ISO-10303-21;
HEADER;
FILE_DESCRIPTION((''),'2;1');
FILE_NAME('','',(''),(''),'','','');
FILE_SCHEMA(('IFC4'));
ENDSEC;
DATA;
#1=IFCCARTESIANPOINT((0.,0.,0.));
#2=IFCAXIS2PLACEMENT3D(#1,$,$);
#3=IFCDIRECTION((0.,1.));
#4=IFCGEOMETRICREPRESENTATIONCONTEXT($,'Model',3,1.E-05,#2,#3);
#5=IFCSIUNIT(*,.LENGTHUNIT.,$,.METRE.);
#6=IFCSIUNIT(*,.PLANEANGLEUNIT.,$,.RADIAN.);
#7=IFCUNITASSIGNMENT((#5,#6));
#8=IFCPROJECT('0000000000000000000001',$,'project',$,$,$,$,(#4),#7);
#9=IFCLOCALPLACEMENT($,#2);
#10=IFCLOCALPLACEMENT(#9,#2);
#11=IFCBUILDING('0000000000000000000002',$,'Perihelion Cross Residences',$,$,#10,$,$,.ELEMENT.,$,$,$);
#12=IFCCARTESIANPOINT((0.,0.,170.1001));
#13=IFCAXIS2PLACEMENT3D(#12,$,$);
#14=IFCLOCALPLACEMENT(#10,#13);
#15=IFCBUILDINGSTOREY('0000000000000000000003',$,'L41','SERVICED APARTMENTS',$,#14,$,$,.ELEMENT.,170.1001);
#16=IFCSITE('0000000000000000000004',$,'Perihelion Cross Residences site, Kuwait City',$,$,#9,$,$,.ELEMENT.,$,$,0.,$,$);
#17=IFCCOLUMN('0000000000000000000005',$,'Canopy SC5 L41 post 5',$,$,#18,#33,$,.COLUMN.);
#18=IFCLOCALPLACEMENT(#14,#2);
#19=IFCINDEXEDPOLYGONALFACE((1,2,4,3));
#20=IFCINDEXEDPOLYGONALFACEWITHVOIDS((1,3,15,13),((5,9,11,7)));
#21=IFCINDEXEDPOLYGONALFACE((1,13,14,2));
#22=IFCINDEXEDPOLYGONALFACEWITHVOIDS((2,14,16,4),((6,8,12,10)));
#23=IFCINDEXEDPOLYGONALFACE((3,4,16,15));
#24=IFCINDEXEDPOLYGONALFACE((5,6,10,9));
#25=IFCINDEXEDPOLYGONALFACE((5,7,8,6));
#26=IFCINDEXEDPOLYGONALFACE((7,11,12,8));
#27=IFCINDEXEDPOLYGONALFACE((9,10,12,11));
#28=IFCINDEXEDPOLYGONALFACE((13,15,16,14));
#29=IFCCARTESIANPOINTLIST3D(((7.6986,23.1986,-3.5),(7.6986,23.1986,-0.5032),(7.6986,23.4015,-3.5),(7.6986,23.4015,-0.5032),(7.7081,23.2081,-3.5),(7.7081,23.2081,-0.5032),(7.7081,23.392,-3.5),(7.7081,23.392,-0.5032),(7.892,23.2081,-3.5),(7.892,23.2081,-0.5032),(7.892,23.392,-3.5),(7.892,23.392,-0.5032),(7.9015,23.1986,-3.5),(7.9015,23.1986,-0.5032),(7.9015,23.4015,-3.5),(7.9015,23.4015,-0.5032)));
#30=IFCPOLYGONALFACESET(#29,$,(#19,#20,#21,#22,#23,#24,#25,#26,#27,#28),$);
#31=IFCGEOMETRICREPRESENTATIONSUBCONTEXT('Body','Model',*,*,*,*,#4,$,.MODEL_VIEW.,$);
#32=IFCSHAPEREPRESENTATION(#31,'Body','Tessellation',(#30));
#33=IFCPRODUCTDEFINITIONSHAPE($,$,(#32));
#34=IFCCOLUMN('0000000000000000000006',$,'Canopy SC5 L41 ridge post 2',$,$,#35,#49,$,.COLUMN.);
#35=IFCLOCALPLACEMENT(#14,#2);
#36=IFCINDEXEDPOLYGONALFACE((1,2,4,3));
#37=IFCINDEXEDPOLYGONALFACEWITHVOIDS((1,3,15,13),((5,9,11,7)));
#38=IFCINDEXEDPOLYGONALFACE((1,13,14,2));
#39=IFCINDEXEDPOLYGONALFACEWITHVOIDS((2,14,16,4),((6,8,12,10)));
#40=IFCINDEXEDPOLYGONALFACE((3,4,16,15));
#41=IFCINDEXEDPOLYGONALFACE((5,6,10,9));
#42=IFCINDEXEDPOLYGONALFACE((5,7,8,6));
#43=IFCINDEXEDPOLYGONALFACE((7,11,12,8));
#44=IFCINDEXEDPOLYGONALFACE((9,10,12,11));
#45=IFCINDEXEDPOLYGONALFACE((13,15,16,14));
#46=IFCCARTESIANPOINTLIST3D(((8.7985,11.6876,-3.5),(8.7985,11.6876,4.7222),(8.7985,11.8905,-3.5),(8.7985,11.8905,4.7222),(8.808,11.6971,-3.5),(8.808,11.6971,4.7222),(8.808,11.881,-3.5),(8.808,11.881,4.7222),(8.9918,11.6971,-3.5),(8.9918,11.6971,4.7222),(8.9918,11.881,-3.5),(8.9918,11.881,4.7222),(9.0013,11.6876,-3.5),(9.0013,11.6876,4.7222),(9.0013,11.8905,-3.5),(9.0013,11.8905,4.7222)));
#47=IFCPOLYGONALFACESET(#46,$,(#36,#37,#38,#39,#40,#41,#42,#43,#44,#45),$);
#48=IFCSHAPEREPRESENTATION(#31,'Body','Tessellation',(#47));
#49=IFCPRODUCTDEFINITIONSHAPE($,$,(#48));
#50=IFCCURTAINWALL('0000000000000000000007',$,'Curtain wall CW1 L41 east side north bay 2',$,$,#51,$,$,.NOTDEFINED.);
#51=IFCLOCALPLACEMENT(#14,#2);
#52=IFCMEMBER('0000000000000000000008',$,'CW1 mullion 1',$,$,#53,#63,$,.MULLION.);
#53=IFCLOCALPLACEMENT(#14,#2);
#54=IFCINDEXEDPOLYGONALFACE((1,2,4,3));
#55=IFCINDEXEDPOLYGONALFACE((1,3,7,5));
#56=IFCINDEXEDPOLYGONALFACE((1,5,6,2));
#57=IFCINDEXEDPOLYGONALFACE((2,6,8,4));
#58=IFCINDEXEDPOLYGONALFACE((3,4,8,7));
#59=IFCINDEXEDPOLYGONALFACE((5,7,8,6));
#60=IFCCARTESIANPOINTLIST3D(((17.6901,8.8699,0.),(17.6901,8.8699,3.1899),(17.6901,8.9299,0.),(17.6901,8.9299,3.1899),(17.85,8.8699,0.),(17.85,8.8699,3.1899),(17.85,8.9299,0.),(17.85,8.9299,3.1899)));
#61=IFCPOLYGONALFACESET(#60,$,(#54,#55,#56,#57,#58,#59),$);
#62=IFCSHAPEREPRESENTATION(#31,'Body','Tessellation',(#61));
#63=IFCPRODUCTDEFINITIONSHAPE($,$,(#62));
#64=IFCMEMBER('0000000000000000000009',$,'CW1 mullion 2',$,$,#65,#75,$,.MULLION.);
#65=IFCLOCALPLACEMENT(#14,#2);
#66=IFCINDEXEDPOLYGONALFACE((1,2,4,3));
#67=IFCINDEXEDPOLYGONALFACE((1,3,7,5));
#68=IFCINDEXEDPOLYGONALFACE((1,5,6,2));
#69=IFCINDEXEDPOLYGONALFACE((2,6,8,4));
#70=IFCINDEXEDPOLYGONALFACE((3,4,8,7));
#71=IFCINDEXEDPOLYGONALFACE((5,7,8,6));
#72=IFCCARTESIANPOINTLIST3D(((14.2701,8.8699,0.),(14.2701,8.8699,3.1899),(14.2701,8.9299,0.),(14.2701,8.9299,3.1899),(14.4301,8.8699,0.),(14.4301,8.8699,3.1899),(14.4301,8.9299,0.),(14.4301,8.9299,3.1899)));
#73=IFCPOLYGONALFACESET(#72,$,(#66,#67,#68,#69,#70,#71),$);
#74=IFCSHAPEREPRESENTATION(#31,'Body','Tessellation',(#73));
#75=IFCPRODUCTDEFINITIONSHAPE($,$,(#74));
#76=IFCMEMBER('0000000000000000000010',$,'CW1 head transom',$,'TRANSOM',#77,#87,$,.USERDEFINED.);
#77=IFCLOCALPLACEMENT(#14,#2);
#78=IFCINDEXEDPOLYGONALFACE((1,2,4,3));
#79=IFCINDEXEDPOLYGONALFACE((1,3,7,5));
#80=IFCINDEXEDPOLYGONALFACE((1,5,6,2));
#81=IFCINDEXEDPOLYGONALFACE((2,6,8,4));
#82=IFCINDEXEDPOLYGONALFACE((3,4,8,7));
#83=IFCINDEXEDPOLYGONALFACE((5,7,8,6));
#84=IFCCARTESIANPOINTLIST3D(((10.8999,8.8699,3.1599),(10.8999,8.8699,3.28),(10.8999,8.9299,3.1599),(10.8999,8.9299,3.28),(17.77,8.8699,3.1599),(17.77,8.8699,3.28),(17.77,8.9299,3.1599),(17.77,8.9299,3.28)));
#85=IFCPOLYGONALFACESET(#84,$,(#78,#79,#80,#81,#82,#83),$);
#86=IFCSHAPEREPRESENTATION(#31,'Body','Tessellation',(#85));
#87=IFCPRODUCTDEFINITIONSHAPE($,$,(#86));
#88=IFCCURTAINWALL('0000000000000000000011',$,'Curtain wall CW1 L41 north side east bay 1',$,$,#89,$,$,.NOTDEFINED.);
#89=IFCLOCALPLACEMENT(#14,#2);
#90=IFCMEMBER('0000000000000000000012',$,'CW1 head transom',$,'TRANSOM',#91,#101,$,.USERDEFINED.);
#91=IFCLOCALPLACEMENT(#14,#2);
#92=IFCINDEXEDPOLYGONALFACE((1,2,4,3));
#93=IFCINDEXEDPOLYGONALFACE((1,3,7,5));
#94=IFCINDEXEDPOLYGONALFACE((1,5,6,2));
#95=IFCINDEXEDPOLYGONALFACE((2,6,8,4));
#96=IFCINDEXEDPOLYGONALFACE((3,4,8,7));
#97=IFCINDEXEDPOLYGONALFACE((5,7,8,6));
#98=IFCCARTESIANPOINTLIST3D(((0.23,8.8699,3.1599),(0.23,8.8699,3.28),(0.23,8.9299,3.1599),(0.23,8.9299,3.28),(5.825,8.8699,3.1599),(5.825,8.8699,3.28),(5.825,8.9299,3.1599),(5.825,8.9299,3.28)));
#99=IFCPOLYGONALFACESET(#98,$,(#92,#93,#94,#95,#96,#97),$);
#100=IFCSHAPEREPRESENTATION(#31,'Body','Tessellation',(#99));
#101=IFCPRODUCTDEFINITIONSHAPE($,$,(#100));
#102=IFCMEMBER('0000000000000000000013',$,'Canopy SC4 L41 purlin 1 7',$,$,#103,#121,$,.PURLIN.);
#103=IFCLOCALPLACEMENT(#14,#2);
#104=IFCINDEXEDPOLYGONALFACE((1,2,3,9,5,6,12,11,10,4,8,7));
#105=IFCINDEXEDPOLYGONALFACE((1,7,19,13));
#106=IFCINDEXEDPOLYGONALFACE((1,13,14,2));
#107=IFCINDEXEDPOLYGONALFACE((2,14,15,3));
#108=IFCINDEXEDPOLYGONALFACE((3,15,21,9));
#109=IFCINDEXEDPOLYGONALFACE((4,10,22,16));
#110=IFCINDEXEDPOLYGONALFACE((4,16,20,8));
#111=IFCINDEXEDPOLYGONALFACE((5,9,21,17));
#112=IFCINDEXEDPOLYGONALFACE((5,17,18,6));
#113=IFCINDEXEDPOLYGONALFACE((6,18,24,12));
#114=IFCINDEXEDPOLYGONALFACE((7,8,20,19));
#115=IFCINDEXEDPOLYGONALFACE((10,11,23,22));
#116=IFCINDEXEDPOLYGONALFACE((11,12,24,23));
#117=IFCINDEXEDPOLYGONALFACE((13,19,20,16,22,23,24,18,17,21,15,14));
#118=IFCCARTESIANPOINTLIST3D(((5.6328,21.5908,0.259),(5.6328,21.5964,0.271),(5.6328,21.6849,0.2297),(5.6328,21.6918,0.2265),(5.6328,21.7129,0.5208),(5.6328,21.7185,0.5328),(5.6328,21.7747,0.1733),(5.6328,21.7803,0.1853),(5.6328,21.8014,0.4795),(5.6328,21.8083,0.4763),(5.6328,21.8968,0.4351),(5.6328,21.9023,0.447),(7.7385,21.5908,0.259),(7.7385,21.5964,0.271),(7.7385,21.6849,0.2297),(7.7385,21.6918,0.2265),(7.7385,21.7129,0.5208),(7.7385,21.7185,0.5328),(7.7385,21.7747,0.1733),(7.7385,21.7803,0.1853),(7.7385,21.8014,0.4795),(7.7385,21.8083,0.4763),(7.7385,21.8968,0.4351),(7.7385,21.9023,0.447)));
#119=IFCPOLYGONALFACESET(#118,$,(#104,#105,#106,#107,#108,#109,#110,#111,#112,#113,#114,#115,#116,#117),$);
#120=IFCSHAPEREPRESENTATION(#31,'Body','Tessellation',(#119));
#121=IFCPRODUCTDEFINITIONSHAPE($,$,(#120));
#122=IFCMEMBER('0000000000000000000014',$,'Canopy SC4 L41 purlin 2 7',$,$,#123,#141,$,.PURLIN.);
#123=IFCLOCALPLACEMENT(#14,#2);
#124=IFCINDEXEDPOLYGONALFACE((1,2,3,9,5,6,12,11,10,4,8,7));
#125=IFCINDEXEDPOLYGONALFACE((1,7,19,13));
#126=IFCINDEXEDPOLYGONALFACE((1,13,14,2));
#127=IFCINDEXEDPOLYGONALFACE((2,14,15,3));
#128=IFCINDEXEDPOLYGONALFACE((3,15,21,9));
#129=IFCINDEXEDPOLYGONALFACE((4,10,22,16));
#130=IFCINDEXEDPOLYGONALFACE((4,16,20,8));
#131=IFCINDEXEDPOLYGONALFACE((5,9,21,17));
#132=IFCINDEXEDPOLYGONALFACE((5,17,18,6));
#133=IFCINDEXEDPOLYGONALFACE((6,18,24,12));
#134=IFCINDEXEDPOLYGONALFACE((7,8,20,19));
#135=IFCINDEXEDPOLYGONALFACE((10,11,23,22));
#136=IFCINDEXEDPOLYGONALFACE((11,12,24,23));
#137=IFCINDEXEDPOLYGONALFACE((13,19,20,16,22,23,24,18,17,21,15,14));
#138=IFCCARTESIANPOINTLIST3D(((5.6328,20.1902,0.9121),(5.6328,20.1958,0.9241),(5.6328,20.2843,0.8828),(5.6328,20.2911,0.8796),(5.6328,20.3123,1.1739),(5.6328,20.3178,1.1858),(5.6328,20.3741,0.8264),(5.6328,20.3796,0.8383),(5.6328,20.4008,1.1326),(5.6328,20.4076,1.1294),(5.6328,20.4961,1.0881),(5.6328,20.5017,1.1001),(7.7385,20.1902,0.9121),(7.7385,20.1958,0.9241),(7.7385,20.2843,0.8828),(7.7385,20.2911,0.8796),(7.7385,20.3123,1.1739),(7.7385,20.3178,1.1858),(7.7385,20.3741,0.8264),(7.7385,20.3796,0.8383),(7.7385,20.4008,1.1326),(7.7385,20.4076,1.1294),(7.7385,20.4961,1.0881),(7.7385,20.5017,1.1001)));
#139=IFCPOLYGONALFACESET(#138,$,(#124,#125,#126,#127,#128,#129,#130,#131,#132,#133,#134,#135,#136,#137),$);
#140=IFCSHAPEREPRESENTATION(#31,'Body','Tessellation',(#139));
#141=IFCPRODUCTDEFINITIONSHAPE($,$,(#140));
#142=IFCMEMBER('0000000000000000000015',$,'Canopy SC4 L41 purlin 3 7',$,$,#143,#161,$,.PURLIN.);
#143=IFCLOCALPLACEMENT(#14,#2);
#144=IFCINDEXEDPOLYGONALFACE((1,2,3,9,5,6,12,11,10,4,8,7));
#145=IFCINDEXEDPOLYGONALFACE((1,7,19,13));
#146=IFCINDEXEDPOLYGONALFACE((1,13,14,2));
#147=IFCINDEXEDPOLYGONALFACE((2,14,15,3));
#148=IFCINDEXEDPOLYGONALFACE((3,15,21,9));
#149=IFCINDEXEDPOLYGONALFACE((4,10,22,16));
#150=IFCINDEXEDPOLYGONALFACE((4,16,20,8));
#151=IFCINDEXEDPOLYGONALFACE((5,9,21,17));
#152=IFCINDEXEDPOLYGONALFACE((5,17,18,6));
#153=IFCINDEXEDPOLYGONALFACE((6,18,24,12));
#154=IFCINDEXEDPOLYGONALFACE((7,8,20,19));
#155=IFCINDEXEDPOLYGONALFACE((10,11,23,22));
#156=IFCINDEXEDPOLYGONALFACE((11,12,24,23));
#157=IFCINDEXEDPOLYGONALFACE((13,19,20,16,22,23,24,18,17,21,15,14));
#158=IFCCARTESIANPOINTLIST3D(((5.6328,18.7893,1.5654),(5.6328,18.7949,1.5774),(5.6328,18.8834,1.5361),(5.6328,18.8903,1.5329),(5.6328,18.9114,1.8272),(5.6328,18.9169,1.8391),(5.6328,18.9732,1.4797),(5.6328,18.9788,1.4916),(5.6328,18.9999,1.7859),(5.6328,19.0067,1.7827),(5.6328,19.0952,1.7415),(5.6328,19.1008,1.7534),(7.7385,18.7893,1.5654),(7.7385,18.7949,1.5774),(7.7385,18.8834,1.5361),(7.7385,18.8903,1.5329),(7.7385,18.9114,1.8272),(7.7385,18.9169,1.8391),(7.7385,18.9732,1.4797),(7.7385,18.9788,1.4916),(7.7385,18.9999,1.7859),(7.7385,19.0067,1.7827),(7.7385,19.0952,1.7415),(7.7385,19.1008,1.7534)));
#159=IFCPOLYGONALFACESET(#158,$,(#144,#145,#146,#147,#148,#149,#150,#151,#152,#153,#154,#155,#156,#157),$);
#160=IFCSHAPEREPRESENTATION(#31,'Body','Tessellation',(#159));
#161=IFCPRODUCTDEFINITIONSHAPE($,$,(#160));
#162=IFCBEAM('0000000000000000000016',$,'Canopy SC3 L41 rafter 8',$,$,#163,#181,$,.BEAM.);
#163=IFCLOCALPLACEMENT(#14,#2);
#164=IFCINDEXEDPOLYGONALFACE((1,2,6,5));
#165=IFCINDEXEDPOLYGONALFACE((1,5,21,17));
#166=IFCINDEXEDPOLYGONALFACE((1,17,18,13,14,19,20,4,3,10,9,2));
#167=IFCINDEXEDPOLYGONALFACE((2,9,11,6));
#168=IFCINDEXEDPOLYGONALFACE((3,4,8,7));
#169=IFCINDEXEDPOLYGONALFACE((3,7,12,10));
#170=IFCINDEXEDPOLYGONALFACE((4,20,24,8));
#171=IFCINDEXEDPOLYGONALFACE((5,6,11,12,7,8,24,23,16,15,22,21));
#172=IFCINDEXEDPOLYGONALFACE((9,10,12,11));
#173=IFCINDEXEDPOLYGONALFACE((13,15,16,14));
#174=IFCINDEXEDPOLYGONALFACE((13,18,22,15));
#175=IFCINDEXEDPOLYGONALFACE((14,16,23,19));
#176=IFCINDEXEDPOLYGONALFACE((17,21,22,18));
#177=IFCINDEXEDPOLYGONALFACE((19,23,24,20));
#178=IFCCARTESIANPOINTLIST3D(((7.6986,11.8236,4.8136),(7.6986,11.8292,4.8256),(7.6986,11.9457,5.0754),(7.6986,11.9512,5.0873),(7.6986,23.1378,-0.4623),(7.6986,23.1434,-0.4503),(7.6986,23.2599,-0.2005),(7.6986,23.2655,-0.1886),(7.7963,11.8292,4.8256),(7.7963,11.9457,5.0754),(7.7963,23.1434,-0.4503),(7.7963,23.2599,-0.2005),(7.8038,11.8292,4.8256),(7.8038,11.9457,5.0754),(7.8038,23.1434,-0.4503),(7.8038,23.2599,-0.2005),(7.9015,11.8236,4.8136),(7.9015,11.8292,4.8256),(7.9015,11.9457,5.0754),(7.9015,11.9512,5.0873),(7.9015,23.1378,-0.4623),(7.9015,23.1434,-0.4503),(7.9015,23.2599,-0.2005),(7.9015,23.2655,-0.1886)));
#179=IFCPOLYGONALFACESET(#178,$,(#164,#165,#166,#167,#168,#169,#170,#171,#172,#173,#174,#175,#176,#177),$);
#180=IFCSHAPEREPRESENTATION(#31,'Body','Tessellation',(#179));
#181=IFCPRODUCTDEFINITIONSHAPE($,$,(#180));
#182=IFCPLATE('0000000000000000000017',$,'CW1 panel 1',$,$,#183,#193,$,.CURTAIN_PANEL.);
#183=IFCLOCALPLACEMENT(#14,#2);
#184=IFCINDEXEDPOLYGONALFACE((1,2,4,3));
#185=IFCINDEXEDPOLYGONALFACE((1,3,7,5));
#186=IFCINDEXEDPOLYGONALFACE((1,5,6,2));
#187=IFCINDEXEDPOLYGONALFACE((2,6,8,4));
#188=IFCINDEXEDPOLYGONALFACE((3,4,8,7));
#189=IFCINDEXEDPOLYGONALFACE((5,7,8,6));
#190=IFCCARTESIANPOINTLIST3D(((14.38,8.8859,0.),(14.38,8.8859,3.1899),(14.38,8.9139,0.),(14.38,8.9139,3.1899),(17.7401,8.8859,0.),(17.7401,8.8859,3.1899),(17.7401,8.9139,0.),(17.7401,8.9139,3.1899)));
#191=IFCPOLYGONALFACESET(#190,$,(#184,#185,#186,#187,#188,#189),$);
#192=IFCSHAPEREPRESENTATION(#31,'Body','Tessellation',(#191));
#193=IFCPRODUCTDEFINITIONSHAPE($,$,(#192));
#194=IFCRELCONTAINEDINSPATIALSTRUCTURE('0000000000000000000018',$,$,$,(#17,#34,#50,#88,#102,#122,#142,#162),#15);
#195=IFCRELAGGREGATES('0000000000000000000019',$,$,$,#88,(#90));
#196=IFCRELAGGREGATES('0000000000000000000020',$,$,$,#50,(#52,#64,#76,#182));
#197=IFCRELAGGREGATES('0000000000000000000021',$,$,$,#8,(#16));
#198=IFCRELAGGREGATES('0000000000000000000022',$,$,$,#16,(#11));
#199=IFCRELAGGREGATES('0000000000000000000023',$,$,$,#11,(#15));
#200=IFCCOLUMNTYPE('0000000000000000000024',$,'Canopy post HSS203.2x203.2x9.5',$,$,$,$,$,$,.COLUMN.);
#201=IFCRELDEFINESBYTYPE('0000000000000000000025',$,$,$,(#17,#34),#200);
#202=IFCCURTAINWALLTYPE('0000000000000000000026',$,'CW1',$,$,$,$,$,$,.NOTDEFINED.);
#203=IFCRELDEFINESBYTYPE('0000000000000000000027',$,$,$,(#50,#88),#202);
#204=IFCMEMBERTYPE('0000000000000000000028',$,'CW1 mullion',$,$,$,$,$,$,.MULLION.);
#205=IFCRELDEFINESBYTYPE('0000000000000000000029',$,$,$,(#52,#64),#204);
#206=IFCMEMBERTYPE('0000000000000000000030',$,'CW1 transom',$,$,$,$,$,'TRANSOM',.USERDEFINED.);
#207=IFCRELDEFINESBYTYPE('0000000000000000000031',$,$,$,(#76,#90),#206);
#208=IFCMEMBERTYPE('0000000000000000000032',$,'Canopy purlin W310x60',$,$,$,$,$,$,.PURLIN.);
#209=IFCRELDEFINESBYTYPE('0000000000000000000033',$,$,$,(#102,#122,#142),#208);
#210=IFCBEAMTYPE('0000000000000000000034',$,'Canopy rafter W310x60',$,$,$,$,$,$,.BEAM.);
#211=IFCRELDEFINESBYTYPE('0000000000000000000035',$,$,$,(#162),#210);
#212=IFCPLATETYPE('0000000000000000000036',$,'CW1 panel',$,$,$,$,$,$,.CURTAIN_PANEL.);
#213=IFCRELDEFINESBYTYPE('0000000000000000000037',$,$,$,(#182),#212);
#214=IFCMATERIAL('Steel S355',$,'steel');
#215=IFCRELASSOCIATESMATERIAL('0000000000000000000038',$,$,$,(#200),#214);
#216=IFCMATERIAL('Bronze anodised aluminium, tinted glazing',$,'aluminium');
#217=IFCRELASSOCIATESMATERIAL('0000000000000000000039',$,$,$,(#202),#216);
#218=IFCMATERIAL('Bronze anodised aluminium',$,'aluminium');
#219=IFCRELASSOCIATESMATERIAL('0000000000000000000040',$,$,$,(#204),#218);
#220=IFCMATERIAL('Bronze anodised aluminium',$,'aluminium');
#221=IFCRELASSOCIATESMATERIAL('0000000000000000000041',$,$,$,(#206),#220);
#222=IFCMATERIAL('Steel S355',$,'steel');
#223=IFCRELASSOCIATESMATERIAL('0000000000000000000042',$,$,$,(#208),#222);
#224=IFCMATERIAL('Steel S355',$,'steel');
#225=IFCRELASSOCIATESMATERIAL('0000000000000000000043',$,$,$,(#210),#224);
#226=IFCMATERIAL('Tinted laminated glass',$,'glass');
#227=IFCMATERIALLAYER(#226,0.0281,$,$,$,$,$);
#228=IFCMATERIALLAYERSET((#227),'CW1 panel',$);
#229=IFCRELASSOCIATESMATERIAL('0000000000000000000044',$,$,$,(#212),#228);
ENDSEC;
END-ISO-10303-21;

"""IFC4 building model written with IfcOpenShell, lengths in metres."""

from ifc_helpers import new_model, si_unit, direction, frame, origin, origin_2d, place, context, subcontext, project, spatial, rectangle, hollow_rectangle, i_section, extrude, material, layer, layer_set, material_profile, profile_set, type_object, element, aggregate, save


model = new_model("IFC4")

# Units and contexts
model_context = context("Model", 3, precision=1e-05, world=origin(), true_north=direction((0.0, 1.0)))
body_context = subcontext(model_context, "Body", "Model", "MODEL_VIEW")
ifc_project = project(units=[si_unit("LENGTHUNIT", "METRE"), si_unit("PLANEANGLEUNIT", "RADIAN")], contexts=[model_context])

# Site, building, storey
site_placement = place(None, origin())
site = spatial("IfcSite", under=ifc_project, at=site_placement, Name="Perihelion Cross Residences site, Kuwait City", CompositionType="ELEMENT", RefElevation=0.0)
building_placement = place(site_placement, origin())
building = spatial("IfcBuilding", under=site, at=building_placement, Name="Perihelion Cross Residences", CompositionType="ELEMENT")
storey_placement = place(building_placement, frame((0.0, 0.0, 170.1001)))
storey = spatial("IfcBuildingStorey", under=building, at=storey_placement, Name="L41", Description="SERVICED APARTMENTS", CompositionType="ELEMENT", Elevation=170.1001)

# Columns
ifc_material_1 = material(Name="Steel S355", Category="steel")
ifc_material_profile_1 = material_profile(ifc_material_1, hollow_rectangle(XDim=0.2029, YDim=0.2029, WallThickness=0.0095, at=origin_2d()), Name="HSS203.2x203.2x9.5")
ifc_profile_set_1 = profile_set([ifc_material_profile_1], Name="Steel S355")
column_type = type_object("IfcColumnType", Name="Canopy post HSS203.2x203.2x9.5", PredefinedType="COLUMN", material=ifc_profile_set_1)
column_1_placement = place(storey_placement, frame((7.8, 23.3, -3.5), z_axis=(0.0, 0.0, 1.0), x_axis=(1.0, 0.0, 0.0)))
element("IfcColumn", 1, at=column_1_placement, inside=storey, type_object=column_type, Name="Canopy SC5 L41 post 5", PredefinedType="COLUMN", context=body_context, shape_type="SweptSolid", body=[
    extrude(hollow_rectangle(XDim=0.2029, YDim=0.2029, WallThickness=0.0095, at=origin_2d()), origin(), (0.0, 0.0, 1.0), 2.9968),
])
column_2_placement = place(storey_placement, frame((8.8999, 11.7891, -3.5), z_axis=(0.0, 0.0, 1.0), x_axis=(1.0, 0.0, 0.0)))
element("IfcColumn", 2, at=column_2_placement, inside=storey, type_object=column_type, Name="Canopy SC5 L41 ridge post 2", PredefinedType="COLUMN", context=body_context, shape_type="SweptSolid", body=[
    extrude(hollow_rectangle(XDim=0.2029, YDim=0.2029, WallThickness=0.0095, at=origin_2d()), origin(), (0.0, 0.0, 1.0), 8.2222),
])

# Curtain wall, members
ifc_material_2 = material(Name="Bronze anodised aluminium, tinted glazing", Category="aluminium")
curtain_wall_type = type_object("IfcCurtainWallType", Name="CW1", PredefinedType="NOTDEFINED", material=ifc_material_2)
curtain_wall_1_placement = place(storey_placement, origin())
curtain_wall_1 = element("IfcCurtainWall", 3, at=curtain_wall_1_placement, inside=storey, type_object=curtain_wall_type, Name="Curtain wall CW1 L41 east side north bay 2", PredefinedType="NOTDEFINED")
ifc_material_3 = material(Name="Bronze anodised aluminium", Category="aluminium")
ifc_material_profile_2 = material_profile(ifc_material_3, rectangle(XDim=0.0601, YDim=0.1599, at=origin_2d()), Name="CW1 mullion")
ifc_profile_set_2 = profile_set([ifc_material_profile_2], Name="Bronze anodised aluminium")
member_type_1 = type_object("IfcMemberType", Name="CW1 mullion", PredefinedType="MULLION", material=ifc_profile_set_2)
member_1_placement = place(storey_placement, frame((17.77, 8.8999, 0.0), z_axis=(0.0, 0.0, 1.0), x_axis=(0.0, -1.0, 0.0)))
member_1 = element("IfcMember", 4, at=member_1_placement, type_object=member_type_1, Name="CW1 mullion 1", PredefinedType="MULLION", context=body_context, shape_type="SweptSolid", body=[
    extrude(rectangle(XDim=0.0601, YDim=0.1599, at=origin_2d()), origin(), (0.0, 0.0, 1.0), 3.1899),
])
member_2_placement = place(storey_placement, frame((14.3501, 8.8999, 0.0), z_axis=(0.0, 0.0, 1.0), x_axis=(0.0, -1.0, 0.0)))
member_2 = element("IfcMember", 5, at=member_2_placement, type_object=member_type_1, Name="CW1 mullion 2", PredefinedType="MULLION", context=body_context, shape_type="SweptSolid", body=[
    extrude(rectangle(XDim=0.0601, YDim=0.1599, at=origin_2d()), origin(), (0.0, 0.0, 1.0), 3.1899),
])
ifc_material_4 = material(Name="Bronze anodised aluminium", Category="aluminium")
ifc_material_profile_3 = material_profile(ifc_material_4, rectangle(XDim=0.0601, YDim=0.1201, at=origin_2d()), Name="CW1 transom")
ifc_profile_set_3 = profile_set([ifc_material_profile_3], Name="Bronze anodised aluminium")
member_type_2 = type_object("IfcMemberType", Name="CW1 transom", ElementType="TRANSOM", PredefinedType="USERDEFINED", material=ifc_profile_set_3)
member_3_placement = place(storey_placement, frame((17.77, 8.8999, 3.22), z_axis=(-1.0, 0.0, 0.0), x_axis=(0.0, -1.0, 0.0)))
member_3 = element("IfcMember", 6, at=member_3_placement, type_object=member_type_2, Name="CW1 head transom", ObjectType="TRANSOM", PredefinedType="USERDEFINED", context=body_context, shape_type="SweptSolid", body=[
    extrude(rectangle(XDim=0.0601, YDim=0.1201, at=origin_2d()), origin(), (0.0, 0.0, 1.0), 6.8701),
])

# Curtain wall, member
curtain_wall_2_placement = place(storey_placement, origin())
curtain_wall_2 = element("IfcCurtainWall", 7, at=curtain_wall_2_placement, inside=storey, type_object=curtain_wall_type, Name="Curtain wall CW1 L41 north side east bay 1", PredefinedType="NOTDEFINED")
member_4_placement = place(storey_placement, frame((5.825, 8.8999, 3.22), z_axis=(-1.0, 0.0, 0.0), x_axis=(0.0, -1.0, 0.0)))
member_4 = element("IfcMember", 8, at=member_4_placement, type_object=member_type_2, Name="CW1 head transom", ObjectType="TRANSOM", PredefinedType="USERDEFINED", context=body_context, shape_type="SweptSolid", body=[
    extrude(rectangle(XDim=0.0601, YDim=0.1201, at=origin_2d()), origin(), (0.0, 0.0, 1.0), 5.595),
])
aggregate(curtain_wall_2, [member_4])

# Members
ifc_material_5 = material(Name="Steel S355", Category="steel")
ifc_material_profile_4 = material_profile(ifc_material_5, i_section(OverallWidth=0.2029, OverallDepth=0.302, WebThickness=0.0076, FlangeThickness=0.0132, at=origin_2d()), Name="W310x60")
ifc_profile_set_4 = profile_set([ifc_material_profile_4], Name="Steel S355")
member_type_3 = type_object("IfcMemberType", Name="Canopy purlin W310x60", PredefinedType="PURLIN", material=ifc_profile_set_4)
for number, where, z_axis, x_axis, name in (
    (9, (5.6328, 21.7466, 0.353), (1.0, 0.0, 0.0), (0.0, 0.906308, -0.422618), "Canopy SC4 L41 purlin 1 7"),
    (10, (5.6328, 20.3459, 1.0061), (1.0, 0.0, 0.0), (0.0, 0.906308, -0.422618), "Canopy SC4 L41 purlin 2 7"),
    (11, (5.6328, 18.9451, 1.6594), (1.0, 0.0, 0.0), (0.0, 0.906308, -0.422618), "Canopy SC4 L41 purlin 3 7"),
):
    element("IfcMember", number, at=place(storey_placement, frame(where, z_axis=z_axis, x_axis=x_axis)), inside=storey, type_object=member_type_3, Name=name, PredefinedType="PURLIN", context=body_context, shape_type="SweptSolid", body=[
        extrude(i_section(OverallWidth=0.2029, OverallDepth=0.302, WebThickness=0.0076, FlangeThickness=0.0132, at=origin_2d()), origin(), (0.0, 0.0, 1.0), 2.1057),
    ])

# Beam
ifc_material_6 = material(Name="Steel S355", Category="steel")
ifc_material_profile_5 = material_profile(ifc_material_6, i_section(OverallWidth=0.2029, OverallDepth=0.302, WebThickness=0.0076, FlangeThickness=0.0132, at=origin_2d()), Name="W310x60")
ifc_profile_set_5 = profile_set([ifc_material_profile_5], Name="Steel S355")
beam_type = type_object("IfcBeamType", Name="Canopy rafter W310x60", PredefinedType="BEAM", material=ifc_profile_set_5)
beam_placement = place(storey_placement, frame((7.8, 23.2017, -0.3254), z_axis=(0.0, -0.906309, 0.422617), x_axis=(1.0, 0.0, 0.0)))
element("IfcBeam", 12, at=beam_placement, inside=storey, type_object=beam_type, Name="Canopy SC3 L41 rafter 8", PredefinedType="BEAM", context=body_context, shape_type="SweptSolid", body=[
    extrude(i_section(OverallWidth=0.2029, OverallDepth=0.302, WebThickness=0.0076, FlangeThickness=0.0132, at=origin_2d()), origin(), (0.0, 0.0, 1.0), 12.4839),
])

# Plate
ifc_material_7 = material(Name="Tinted laminated glass", Category="glass")
ifc_layer_1 = layer(ifc_material_7, 0.0281)
ifc_layer_set_1 = layer_set([ifc_layer_1], Name="CW1 panel")
plate_type = type_object("IfcPlateType", Name="CW1 panel", PredefinedType="CURTAIN_PANEL", material=ifc_layer_set_1)
plate_1_placement = place(storey_placement, frame((16.0601, 8.8999, 0.0), z_axis=(0.0, 0.0, 1.0), x_axis=(-1.0, 0.0, 0.0)))
plate_1 = element("IfcPlate", 13, at=plate_1_placement, type_object=plate_type, Name="CW1 panel 1", PredefinedType="CURTAIN_PANEL", context=body_context, shape_type="SweptSolid", body=[
    extrude(rectangle(XDim=3.3601, YDim=0.0281, at=origin_2d()), origin(), (0.0, 0.0, 1.0), 3.1899),
])
aggregate(curtain_wall_1, [member_1, member_2, member_3, plate_1])

save(model, "model.ifc")
